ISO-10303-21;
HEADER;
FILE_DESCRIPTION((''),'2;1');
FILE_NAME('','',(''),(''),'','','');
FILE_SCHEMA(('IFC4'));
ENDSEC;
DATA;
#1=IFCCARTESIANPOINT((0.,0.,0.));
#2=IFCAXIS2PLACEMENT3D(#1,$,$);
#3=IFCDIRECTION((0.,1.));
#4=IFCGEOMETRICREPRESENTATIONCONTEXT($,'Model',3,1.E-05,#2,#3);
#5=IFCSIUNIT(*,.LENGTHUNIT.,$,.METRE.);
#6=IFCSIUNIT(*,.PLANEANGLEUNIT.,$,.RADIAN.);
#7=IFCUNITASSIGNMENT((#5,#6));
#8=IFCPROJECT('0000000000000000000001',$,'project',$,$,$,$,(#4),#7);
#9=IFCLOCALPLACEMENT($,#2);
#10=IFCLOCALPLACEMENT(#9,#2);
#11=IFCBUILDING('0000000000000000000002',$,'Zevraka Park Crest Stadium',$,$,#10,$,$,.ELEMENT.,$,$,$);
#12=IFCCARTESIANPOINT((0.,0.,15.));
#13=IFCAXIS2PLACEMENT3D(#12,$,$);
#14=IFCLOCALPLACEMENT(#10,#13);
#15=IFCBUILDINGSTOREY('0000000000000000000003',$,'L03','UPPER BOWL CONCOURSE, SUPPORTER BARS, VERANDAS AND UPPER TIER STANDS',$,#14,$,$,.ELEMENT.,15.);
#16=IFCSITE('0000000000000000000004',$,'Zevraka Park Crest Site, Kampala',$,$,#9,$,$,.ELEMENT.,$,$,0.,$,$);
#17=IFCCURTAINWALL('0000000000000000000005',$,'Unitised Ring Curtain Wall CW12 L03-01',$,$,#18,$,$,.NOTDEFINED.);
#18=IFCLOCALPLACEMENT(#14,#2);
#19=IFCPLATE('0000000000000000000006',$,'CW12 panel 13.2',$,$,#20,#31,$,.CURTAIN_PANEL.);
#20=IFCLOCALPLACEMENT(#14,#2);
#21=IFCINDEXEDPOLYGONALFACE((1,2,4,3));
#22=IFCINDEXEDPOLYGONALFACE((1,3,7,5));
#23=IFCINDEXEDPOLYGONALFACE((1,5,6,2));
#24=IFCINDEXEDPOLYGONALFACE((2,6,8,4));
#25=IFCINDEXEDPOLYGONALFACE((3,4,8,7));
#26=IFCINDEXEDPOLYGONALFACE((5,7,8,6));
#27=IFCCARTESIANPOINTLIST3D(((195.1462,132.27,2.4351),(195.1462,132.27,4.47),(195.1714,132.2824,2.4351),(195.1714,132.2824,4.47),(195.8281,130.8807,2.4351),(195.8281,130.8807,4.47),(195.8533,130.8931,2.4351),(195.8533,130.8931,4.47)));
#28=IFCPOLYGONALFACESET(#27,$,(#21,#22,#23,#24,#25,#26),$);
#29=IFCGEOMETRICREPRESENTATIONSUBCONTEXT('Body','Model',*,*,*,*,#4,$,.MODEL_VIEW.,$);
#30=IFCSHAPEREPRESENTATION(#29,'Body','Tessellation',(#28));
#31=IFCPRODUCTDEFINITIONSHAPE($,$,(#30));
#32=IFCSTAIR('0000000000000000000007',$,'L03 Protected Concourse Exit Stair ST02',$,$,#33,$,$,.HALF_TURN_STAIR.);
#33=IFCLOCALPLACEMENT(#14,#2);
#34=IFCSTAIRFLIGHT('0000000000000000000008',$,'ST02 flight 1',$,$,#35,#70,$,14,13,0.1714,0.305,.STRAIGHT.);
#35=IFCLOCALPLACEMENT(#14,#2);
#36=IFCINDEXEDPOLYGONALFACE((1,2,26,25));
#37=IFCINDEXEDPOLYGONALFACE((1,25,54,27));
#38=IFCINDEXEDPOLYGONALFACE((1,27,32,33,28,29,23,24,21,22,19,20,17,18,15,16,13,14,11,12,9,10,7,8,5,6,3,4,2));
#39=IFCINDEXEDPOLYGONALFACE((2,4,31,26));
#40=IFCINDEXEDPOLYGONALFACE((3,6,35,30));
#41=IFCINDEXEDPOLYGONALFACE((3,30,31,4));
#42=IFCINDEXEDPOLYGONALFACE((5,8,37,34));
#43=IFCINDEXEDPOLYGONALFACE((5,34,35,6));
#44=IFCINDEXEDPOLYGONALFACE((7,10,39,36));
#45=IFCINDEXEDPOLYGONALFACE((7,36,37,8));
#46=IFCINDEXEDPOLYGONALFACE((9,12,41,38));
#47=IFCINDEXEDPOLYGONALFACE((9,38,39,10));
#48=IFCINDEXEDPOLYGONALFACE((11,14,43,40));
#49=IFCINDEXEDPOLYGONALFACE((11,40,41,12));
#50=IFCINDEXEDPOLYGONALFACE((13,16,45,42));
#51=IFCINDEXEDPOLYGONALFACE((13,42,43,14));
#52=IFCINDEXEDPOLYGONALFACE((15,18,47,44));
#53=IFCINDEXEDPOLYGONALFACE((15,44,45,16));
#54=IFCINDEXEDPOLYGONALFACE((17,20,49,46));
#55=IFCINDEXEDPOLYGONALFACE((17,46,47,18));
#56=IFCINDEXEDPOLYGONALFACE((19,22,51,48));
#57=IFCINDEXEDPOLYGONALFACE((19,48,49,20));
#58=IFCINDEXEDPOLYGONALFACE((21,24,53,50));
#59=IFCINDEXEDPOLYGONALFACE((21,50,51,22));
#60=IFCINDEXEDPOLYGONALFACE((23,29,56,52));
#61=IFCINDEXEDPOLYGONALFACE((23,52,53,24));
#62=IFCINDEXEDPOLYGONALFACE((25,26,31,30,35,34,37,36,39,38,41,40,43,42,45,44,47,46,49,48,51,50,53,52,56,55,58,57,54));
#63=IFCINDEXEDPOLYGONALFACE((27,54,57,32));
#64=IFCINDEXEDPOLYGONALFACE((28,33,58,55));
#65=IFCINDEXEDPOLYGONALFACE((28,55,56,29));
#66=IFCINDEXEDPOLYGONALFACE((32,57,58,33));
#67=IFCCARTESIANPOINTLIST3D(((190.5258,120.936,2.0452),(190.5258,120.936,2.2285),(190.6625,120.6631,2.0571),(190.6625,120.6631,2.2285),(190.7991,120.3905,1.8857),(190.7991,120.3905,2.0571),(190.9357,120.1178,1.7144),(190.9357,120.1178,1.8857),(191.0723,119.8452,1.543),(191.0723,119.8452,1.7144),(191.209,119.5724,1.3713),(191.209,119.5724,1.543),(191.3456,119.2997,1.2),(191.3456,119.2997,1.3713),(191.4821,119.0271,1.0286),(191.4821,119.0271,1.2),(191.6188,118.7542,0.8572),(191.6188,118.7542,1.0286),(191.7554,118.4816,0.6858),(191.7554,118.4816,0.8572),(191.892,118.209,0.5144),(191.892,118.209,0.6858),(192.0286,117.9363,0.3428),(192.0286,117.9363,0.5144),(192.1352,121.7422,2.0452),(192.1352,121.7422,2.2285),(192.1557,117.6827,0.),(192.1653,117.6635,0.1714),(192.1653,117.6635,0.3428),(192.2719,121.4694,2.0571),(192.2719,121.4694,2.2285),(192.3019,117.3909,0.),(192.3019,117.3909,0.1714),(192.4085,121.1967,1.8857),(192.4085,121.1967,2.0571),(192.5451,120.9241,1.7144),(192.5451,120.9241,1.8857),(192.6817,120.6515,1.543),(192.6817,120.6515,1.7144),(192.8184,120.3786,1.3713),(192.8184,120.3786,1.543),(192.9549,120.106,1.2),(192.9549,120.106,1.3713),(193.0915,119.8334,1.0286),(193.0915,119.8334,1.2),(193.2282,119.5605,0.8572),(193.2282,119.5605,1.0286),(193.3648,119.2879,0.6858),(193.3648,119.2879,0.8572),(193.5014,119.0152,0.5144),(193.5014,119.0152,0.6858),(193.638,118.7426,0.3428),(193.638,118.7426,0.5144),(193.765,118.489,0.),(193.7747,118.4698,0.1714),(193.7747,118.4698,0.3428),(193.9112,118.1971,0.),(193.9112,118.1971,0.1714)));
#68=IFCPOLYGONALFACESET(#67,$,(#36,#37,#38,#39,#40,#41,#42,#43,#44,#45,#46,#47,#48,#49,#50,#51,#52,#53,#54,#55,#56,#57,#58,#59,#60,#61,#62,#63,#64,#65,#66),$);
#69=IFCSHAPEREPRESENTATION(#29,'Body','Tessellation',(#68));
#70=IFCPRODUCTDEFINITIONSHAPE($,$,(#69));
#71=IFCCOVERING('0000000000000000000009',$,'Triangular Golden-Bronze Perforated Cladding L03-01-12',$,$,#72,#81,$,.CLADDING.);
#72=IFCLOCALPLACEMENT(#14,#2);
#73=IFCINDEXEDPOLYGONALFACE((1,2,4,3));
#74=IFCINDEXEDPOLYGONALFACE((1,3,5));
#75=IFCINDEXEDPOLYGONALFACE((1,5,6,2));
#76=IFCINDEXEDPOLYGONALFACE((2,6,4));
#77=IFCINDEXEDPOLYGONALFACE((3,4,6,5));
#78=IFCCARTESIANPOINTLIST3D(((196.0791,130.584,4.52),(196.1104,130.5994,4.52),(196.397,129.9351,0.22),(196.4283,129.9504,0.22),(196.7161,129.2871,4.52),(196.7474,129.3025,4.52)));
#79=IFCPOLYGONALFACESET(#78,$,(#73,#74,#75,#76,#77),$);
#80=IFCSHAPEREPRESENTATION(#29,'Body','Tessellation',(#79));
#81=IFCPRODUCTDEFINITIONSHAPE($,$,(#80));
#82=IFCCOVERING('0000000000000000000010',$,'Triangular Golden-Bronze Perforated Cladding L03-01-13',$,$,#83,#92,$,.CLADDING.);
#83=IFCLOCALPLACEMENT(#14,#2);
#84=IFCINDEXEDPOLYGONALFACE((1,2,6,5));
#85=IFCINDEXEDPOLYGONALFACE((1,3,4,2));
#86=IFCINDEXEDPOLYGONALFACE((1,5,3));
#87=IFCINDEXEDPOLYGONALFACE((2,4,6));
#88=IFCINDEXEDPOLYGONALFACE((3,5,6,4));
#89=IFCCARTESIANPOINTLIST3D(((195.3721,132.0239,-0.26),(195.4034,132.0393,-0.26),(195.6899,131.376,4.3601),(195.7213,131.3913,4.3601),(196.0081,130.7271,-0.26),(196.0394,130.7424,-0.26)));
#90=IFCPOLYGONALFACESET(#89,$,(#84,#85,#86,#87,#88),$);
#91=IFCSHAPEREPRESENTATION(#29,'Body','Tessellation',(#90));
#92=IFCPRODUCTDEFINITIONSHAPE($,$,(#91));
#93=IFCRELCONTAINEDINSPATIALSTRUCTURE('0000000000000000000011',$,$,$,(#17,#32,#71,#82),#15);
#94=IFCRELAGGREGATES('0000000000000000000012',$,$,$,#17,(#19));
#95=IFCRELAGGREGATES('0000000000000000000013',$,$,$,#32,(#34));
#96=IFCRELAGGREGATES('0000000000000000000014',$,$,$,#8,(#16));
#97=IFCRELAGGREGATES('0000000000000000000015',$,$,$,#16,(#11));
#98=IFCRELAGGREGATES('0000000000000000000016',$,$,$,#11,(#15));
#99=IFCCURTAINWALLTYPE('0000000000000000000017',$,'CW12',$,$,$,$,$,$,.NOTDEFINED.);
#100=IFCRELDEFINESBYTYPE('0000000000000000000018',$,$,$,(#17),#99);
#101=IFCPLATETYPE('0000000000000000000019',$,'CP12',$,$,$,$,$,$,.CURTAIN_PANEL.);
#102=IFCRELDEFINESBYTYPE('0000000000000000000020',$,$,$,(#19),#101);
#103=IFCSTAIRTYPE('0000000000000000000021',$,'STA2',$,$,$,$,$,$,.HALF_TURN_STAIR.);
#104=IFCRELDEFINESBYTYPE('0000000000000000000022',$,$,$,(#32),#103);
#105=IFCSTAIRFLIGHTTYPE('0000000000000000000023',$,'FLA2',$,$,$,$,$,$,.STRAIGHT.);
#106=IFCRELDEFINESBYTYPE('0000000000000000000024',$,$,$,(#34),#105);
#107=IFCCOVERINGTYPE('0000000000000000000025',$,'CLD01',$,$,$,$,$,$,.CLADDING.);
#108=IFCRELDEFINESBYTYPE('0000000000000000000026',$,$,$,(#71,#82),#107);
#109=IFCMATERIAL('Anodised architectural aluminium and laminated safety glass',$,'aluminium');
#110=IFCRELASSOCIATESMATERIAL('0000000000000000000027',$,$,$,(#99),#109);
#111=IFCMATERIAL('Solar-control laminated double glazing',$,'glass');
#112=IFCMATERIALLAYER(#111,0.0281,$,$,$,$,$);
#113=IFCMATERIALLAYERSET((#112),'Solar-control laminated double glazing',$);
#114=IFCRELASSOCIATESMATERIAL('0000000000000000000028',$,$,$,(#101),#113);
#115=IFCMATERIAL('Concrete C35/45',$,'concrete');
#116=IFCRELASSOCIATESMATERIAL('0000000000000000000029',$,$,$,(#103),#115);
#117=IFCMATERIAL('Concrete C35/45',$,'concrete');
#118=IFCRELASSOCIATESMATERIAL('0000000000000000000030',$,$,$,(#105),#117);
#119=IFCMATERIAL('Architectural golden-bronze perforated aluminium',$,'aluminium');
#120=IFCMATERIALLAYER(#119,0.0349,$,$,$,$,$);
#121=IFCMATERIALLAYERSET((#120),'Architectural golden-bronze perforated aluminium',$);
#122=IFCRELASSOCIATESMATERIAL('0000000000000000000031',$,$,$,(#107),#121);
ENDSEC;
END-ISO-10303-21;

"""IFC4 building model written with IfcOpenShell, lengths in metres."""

from ifc_helpers import new_model, si_unit, direction, frame, origin, origin_2d, place, context, subcontext, project, spatial, polyline, rectangle, outline, extrude, material, layer, layer_set, type_object, element, aggregate, save


model = new_model("IFC4")

# Units and contexts
model_context = context("Model", 3, precision=1e-05, world=origin(), true_north=direction((0.0, 1.0)))
body_context = subcontext(model_context, "Body", "Model", "MODEL_VIEW")
ifc_project = project(units=[si_unit("LENGTHUNIT", "METRE"), si_unit("PLANEANGLEUNIT", "RADIAN")], contexts=[model_context])

# Site, building, storey
site_placement = place(None, origin())
site = spatial("IfcSite", under=ifc_project, at=site_placement, Name="Zevraka Park Crest Site, Kampala", CompositionType="ELEMENT", RefElevation=0.0)
building_placement = place(site_placement, origin())
building = spatial("IfcBuilding", under=site, at=building_placement, Name="Zevraka Park Crest Stadium", CompositionType="ELEMENT")
storey_placement = place(building_placement, frame((0.0, 0.0, 15.0)))
storey = spatial("IfcBuildingStorey", under=building, at=storey_placement, Name="L03", Description="UPPER BOWL CONCOURSE, SUPPORTER BARS, VERANDAS AND UPPER TIER STANDS", CompositionType="ELEMENT", Elevation=15.0)

# Curtain wall
ifc_material_1 = material(Name="Anodised architectural aluminium and laminated safety glass", Category="aluminium")
curtain_wall_type_1 = type_object("IfcCurtainWallType", Name="CW12", PredefinedType="NOTDEFINED", material=ifc_material_1)
curtain_wall_1_placement = place(storey_placement, origin())
curtain_wall_1 = element("IfcCurtainWall", 1, at=curtain_wall_1_placement, inside=storey, type_object=curtain_wall_type_1, Name="Unitised Ring Curtain Wall CW12 L03-01", PredefinedType="NOTDEFINED")

# Plate
ifc_material_2 = material(Name="Solar-control laminated double glazing", Category="glass")
ifc_layer_1 = layer(ifc_material_2, 0.0281)
ifc_layer_set_1 = layer_set([ifc_layer_1], Name="Solar-control laminated double glazing")
plate_type = type_object("IfcPlateType", Name="CP12", PredefinedType="CURTAIN_PANEL", material=ifc_layer_set_1)
plate_1_placement = place(storey_placement, frame((195.4998, 131.5815, 2.4351), z_axis=(0.0, 0.0, 1.0), x_axis=(-0.440666, 0.897671, 0.0)))
plate_1 = element("IfcPlate", 2, at=plate_1_placement, type_object=plate_type, Name="CW12 panel 13.2", PredefinedType="CURTAIN_PANEL", context=body_context, shape_type="SweptSolid", body=[
    extrude(rectangle(XDim=1.5476, YDim=0.0281, at=origin_2d()), origin(), (0.0, 0.0, 1.0), 2.0349),
])
aggregate(curtain_wall_1, [plate_1])

# Stair, stair flight
ifc_material_3 = material(Name="Concrete C35/45", Category="concrete")
stair_type = type_object("IfcStairType", Name="STA2", PredefinedType="HALF_TURN_STAIR", material=ifc_material_3)
stair_placement = place(storey_placement, origin())
stair = element("IfcStair", 3, at=stair_placement, inside=storey, type_object=stair_type, Name="L03 Protected Concourse Exit Stair ST02", PredefinedType="HALF_TURN_STAIR")
ifc_material_4 = material(Name="Concrete C35/45", Category="concrete")
stair_flight_type = type_object("IfcStairFlightType", Name="FLA2", PredefinedType="STRAIGHT", material=ifc_material_4)
stair_flight_placement = place(storey_placement, frame((193.1064, 117.7939, 0.0), z_axis=(0.0, 0.0, 1.0), x_axis=(-0.447915, 0.894076, 0.0)))
stair_flight = element("IfcStairFlight", 4, at=stair_flight_placement, type_object=stair_flight_type, Name="ST02 flight 1", NumberOfRisers=14, NumberOfTreads=13, PredefinedType="STRAIGHT", RiserHeight=0.1714, TreadLength=0.305, context=body_context, shape_type="SweptSolid", body=[
    extrude(outline(polyline([(0.0, 0.0), (0.0, 0.1714), (0.3049, 0.1714), (0.3049, 0.3428), (0.6101, 0.3428), (0.6101, 0.5144), (0.915, 0.5144), (0.915, 0.6858), (1.22, 0.6858), (1.22, 0.8572), (1.5249, 0.8572), (1.5249, 1.0286), (1.8301, 1.0286), (1.8301, 1.2), (2.135, 1.2), (2.135, 1.3713), (2.4399, 1.3713), (2.4399, 1.543), (2.7451, 1.543), (2.7451, 1.7144), (3.05, 1.7144), (3.05, 1.8857), (3.355, 1.8857), (3.355, 2.0571), (3.6599, 2.0571), (3.6599, 2.2285), (3.9651, 2.2285), (3.9651, 2.3999), (3.9651, 2.0452), (0.3264, 0.0), (0.0, 0.0)])), frame((0.0, 0.8999, 0.0), z_axis=(0.0, -1.0, 0.0), x_axis=(1.0, 0.0, 0.0)), (0.0, 0.0, 1.0), 1.8),
])
aggregate(stair, [stair_flight])

# Coverings
ifc_material_5 = material(Name="Architectural golden-bronze perforated aluminium", Category="aluminium")
ifc_layer_2 = layer(ifc_material_5, 0.0349)
ifc_layer_set_2 = layer_set([ifc_layer_2], Name="Architectural golden-bronze perforated aluminium")
covering_type = type_object("IfcCoveringType", Name="CLD01", PredefinedType="CLADDING", material=ifc_layer_set_2)
covering_1_placement = place(storey_placement, frame((196.0791, 130.584, 4.52), z_axis=(-0.897581, -0.440849, 0.000177), x_axis=(0.440849, -0.897581, 0.0)))
element("IfcCovering", 5, at=covering_1_placement, inside=storey, type_object=covering_type, Name="Triangular Golden-Bronze Perforated Cladding L03-01-12", PredefinedType="CLADDING", context=body_context, shape_type="SweptSolid", body=[
    extrude(outline(polyline([(0.0, 0.0), (1.4449, 0.0), (0.7226, -4.3), (0.0, 0.0)])), origin(), (0.0, 0.0, -1.0), 0.0349),
])
covering_2_placement = place(storey_placement, frame((196.0081, 130.7271, -0.26), z_axis=(-0.897849, -0.440304, 0.000023), x_axis=(-0.440304, 0.897849, 0.0)))
element("IfcCovering", 6, at=covering_2_placement, inside=storey, type_object=covering_type, Name="Triangular Golden-Bronze Perforated Cladding L03-01-13", PredefinedType="CLADDING", context=body_context, shape_type="SweptSolid", body=[
    extrude(outline(polyline([(0.0, 0.0), (1.4444, 0.0), (0.7227, -4.6201), (0.0, 0.0)])), origin(), (0.0, 0.0, -1.0), 0.0349),
])

save(model, "model.ifc")
